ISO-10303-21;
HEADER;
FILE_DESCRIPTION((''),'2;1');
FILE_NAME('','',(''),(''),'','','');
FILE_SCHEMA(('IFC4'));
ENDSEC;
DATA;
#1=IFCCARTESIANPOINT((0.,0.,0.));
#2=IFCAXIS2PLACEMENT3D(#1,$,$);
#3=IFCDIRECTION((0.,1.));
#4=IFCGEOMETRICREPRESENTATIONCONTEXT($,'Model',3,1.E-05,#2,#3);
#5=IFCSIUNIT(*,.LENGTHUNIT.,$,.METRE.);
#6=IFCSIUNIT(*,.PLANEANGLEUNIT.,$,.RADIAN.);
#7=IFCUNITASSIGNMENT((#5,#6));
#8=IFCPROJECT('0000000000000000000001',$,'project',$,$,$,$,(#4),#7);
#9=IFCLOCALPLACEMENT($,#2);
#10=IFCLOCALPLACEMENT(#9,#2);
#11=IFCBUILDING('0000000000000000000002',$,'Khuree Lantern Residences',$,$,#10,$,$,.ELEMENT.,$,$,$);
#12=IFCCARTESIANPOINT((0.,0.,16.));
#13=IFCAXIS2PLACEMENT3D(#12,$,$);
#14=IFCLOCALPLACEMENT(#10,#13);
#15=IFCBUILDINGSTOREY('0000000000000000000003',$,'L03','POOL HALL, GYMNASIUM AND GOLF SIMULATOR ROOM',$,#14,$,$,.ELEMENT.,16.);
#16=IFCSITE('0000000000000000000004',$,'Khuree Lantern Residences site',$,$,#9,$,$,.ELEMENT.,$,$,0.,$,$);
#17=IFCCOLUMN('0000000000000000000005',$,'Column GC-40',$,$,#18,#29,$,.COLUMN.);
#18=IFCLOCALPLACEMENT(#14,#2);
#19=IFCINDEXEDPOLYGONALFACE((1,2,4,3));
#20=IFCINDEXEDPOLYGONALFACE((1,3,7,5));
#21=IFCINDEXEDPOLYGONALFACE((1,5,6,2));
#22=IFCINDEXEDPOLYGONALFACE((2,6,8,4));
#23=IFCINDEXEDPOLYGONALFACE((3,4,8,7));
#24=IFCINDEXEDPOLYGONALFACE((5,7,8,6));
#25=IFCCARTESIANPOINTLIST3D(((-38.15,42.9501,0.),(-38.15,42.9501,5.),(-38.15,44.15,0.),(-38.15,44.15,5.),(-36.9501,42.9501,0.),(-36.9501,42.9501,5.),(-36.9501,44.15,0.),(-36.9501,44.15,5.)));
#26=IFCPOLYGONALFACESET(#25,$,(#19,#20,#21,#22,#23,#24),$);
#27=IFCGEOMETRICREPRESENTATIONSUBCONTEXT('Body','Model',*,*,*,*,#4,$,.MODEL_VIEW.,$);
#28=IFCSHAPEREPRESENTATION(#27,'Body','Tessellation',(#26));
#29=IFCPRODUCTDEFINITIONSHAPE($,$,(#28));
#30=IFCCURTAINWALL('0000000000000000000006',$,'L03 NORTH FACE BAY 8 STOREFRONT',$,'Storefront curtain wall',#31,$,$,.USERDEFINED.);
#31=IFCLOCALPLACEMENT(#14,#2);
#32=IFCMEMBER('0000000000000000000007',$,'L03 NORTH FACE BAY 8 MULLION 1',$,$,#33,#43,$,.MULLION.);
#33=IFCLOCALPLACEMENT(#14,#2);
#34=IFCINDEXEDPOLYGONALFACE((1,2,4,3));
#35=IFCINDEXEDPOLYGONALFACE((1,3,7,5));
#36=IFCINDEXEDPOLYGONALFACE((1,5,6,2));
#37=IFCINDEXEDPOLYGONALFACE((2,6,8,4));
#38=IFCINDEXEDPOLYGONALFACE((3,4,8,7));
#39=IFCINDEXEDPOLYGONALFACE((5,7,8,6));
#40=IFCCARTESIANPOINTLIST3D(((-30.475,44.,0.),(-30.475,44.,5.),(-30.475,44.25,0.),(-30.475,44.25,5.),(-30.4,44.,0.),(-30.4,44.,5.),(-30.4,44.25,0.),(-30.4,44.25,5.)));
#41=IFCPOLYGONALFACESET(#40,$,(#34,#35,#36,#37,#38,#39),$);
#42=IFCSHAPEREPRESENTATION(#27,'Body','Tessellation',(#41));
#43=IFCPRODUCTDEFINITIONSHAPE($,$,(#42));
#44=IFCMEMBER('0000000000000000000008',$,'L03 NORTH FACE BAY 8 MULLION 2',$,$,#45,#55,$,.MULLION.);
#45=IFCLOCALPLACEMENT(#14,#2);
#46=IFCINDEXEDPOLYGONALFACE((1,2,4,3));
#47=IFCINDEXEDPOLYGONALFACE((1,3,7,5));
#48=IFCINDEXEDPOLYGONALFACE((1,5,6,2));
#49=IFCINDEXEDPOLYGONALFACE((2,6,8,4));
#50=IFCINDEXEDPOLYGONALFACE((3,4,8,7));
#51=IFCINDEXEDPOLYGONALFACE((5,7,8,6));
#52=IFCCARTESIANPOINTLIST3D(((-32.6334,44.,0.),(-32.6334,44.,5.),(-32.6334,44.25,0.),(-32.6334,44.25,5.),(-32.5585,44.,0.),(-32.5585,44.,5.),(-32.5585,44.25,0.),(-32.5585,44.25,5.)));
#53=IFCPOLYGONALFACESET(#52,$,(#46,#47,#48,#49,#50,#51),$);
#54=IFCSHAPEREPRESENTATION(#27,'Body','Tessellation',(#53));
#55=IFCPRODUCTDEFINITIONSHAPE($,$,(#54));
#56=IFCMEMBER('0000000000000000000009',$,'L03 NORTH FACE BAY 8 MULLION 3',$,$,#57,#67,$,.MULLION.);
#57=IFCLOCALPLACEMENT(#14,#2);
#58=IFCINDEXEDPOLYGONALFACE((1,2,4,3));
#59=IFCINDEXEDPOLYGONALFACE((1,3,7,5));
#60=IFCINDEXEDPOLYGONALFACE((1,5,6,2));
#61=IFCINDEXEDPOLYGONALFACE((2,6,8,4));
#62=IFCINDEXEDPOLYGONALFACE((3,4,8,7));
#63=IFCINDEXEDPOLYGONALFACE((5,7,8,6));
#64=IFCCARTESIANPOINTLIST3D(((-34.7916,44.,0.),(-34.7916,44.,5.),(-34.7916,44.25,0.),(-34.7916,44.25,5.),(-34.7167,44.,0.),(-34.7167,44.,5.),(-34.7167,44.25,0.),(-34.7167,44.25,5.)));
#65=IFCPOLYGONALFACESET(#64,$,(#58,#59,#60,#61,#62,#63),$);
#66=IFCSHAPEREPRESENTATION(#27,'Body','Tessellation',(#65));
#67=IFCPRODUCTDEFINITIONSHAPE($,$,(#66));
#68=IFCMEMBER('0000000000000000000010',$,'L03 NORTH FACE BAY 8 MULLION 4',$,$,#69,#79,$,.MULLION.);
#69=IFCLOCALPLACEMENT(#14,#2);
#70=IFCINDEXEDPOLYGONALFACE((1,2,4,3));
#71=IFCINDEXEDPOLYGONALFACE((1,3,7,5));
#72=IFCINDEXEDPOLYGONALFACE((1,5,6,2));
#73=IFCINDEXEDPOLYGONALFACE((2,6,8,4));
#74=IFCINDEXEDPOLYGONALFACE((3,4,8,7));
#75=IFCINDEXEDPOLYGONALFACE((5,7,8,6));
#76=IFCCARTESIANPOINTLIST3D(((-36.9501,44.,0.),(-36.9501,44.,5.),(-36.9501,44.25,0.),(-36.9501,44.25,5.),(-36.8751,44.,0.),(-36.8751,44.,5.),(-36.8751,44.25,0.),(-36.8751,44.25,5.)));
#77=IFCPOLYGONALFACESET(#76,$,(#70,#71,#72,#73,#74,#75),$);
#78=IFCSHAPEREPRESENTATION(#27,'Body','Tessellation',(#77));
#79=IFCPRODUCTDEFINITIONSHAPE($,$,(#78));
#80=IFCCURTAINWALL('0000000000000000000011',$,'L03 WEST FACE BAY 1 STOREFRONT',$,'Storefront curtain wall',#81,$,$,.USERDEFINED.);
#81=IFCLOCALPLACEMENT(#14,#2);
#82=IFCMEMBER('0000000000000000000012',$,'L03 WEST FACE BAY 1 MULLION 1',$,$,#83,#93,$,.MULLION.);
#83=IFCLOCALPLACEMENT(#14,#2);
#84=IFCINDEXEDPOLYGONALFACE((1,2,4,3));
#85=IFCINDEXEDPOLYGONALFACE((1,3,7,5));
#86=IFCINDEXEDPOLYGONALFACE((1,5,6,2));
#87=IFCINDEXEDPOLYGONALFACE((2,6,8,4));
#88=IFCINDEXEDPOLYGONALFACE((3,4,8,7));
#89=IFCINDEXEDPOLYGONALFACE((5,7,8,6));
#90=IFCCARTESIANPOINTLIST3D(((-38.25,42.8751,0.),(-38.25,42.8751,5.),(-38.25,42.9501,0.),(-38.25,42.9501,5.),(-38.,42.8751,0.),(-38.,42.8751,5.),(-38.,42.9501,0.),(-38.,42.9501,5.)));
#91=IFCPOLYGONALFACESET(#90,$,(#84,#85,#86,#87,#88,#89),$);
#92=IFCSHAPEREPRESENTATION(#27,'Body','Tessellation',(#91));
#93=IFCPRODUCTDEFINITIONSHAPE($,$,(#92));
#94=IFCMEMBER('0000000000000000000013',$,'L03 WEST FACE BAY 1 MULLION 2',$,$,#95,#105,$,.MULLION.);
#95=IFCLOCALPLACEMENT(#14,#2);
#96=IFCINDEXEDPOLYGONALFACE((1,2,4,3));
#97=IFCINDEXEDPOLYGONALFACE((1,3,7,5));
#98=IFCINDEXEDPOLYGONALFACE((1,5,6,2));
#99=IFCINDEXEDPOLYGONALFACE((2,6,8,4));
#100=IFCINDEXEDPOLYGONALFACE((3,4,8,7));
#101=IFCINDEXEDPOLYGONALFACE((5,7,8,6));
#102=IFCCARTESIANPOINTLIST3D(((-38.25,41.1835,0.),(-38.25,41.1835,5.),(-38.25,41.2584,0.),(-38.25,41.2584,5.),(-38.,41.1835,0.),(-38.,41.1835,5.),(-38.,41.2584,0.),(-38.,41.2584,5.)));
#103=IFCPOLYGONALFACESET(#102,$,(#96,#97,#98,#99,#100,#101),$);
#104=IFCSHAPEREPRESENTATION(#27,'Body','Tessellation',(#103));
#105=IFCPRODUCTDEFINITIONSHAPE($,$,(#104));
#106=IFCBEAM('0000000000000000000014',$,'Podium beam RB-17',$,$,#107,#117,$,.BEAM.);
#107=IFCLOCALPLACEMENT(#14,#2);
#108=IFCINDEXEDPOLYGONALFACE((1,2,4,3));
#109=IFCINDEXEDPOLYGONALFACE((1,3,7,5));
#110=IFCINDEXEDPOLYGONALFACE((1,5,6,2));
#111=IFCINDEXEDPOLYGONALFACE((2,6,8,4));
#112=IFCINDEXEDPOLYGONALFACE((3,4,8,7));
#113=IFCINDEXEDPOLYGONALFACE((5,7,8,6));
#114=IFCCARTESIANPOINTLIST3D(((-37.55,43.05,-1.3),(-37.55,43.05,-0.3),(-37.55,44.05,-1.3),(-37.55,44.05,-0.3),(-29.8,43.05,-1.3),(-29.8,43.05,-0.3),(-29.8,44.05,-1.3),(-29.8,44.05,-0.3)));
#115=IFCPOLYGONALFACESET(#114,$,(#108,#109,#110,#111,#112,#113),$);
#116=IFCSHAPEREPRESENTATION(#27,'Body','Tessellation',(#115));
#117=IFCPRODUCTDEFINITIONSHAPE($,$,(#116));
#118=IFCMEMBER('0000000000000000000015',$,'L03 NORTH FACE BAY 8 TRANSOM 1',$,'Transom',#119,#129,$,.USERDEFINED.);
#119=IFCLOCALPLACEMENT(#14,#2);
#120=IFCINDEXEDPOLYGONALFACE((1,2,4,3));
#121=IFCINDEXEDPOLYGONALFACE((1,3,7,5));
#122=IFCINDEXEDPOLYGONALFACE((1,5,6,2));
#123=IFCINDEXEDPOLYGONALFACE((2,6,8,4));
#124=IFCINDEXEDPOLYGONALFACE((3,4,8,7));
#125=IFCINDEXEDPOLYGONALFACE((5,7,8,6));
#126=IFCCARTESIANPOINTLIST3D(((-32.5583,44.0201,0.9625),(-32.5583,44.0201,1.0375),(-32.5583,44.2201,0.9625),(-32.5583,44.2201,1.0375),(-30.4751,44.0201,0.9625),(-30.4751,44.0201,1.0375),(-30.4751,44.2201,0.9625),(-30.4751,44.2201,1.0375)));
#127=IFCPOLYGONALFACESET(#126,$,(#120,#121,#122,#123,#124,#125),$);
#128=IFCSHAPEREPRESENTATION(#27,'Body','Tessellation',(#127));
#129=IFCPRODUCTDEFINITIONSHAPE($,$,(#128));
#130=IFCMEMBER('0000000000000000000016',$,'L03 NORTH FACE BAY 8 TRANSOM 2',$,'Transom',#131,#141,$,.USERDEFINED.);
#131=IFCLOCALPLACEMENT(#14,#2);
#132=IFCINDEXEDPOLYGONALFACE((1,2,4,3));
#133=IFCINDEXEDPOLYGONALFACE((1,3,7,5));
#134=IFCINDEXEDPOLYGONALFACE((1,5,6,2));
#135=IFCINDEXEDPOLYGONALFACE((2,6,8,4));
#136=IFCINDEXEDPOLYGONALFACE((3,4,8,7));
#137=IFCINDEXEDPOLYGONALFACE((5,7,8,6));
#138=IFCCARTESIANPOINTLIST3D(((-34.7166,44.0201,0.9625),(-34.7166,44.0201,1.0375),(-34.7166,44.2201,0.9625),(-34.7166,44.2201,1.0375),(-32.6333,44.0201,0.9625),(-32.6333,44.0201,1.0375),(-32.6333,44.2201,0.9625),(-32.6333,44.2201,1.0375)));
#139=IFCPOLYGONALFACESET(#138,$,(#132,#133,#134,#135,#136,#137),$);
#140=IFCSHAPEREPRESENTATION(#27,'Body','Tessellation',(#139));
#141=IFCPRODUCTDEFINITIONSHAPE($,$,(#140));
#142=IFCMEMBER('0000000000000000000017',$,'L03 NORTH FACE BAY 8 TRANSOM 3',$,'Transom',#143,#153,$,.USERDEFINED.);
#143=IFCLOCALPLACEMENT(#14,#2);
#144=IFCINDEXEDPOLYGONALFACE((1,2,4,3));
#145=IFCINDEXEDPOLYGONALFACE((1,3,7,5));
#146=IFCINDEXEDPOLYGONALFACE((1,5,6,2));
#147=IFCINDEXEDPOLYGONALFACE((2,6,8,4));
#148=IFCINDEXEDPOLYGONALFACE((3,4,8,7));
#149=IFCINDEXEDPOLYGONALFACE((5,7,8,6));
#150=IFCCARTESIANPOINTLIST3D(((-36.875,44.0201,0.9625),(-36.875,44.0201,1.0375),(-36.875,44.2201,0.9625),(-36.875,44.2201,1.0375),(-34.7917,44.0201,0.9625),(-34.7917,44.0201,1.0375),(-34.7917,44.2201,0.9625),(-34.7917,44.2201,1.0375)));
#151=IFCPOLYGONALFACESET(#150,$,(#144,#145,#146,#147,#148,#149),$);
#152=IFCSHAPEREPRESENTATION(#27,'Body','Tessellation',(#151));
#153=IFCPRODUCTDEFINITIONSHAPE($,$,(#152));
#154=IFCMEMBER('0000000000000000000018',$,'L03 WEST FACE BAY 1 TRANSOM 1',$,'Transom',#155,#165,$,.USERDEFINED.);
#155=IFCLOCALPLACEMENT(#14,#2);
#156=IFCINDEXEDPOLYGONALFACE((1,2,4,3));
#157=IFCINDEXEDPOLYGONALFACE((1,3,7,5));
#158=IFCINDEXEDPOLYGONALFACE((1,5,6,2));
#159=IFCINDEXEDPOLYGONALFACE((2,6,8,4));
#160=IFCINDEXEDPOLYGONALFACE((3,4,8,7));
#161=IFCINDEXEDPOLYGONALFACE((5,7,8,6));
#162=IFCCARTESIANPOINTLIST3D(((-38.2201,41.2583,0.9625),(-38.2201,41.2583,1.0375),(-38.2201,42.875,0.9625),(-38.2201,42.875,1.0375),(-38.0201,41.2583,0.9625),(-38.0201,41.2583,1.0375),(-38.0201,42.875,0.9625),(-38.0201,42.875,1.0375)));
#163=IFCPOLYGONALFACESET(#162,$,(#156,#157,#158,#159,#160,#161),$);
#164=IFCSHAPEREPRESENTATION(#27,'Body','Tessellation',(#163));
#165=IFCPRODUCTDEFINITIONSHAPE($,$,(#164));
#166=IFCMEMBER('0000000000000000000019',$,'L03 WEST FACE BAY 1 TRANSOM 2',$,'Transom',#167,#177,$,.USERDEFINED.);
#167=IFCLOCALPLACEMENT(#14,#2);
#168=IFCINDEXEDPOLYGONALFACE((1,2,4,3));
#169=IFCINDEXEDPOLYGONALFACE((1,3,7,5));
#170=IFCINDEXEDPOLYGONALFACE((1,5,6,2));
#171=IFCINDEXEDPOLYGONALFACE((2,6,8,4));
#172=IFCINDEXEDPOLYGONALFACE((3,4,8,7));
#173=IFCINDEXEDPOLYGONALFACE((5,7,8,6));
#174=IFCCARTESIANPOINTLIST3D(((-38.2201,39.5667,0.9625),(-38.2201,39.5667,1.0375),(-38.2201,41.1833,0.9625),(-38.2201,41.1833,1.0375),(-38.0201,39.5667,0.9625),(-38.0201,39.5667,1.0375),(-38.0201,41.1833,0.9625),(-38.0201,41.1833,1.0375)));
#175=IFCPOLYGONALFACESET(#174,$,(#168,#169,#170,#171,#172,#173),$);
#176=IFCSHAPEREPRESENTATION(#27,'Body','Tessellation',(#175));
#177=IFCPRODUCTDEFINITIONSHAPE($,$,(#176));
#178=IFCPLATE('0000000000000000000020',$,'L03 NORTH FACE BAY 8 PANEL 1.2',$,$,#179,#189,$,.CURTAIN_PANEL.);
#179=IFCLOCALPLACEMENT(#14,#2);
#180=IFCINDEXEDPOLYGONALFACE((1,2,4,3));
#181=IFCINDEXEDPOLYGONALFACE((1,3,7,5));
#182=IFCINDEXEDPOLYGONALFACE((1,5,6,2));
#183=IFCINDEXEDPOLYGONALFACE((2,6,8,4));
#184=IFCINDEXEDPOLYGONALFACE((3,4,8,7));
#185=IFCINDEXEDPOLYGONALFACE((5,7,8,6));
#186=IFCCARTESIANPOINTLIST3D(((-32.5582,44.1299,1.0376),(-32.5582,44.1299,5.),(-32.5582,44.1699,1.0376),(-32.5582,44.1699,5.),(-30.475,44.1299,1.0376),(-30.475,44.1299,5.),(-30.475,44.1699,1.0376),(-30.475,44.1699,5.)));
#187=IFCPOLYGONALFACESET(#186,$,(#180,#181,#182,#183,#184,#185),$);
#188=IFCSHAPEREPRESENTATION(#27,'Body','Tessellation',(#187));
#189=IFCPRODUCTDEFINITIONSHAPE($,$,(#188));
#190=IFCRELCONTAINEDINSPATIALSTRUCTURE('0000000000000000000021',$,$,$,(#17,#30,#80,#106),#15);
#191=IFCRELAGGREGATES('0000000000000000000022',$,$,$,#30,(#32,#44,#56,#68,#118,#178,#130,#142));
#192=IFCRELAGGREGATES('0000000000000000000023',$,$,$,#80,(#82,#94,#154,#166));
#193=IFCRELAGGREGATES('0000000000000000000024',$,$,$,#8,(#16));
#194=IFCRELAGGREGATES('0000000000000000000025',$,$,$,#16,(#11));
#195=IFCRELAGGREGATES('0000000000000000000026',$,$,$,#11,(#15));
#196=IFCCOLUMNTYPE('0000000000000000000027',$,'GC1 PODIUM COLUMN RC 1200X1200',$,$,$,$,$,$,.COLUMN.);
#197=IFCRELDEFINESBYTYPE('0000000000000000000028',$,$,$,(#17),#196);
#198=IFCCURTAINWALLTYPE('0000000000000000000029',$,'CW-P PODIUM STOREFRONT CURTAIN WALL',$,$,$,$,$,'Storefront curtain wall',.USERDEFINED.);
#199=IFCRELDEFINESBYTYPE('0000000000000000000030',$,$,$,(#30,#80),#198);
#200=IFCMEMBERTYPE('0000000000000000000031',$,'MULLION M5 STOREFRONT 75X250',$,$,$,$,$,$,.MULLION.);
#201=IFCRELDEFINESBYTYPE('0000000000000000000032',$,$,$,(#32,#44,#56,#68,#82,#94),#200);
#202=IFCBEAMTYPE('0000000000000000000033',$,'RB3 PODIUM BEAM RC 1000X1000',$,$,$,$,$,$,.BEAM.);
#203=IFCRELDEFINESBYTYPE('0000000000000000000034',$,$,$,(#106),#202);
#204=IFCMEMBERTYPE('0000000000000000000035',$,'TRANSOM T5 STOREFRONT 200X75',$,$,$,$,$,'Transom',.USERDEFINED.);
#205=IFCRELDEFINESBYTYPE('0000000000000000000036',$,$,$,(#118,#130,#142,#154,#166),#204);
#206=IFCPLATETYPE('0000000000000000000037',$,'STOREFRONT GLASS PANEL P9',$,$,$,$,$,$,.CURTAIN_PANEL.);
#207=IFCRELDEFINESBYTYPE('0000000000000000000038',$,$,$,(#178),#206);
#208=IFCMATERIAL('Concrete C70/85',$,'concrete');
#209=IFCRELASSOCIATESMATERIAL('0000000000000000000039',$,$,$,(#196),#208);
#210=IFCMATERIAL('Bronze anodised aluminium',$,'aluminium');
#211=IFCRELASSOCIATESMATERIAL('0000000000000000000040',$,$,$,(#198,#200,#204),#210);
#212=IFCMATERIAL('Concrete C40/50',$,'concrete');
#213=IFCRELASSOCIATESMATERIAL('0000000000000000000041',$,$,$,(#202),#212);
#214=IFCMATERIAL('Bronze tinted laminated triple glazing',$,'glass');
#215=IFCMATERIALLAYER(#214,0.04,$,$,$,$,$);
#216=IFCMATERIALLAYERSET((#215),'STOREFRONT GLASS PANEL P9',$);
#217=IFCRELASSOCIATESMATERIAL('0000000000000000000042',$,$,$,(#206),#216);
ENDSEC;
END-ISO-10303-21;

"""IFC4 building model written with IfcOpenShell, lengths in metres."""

from ifc_helpers import new_model, si_unit, direction, frame, origin, origin_2d, place, context, subcontext, project, spatial, rectangle, extrude, material, layer, layer_set, material_profile, profile_set, type_object, element, aggregate, save


model = new_model("IFC4")

# Units and contexts
model_context = context("Model", 3, precision=1e-05, world=origin(), true_north=direction((0.0, 1.0)))
body_context = subcontext(model_context, "Body", "Model", "MODEL_VIEW")
ifc_project = project(units=[si_unit("LENGTHUNIT", "METRE"), si_unit("PLANEANGLEUNIT", "RADIAN")], contexts=[model_context])

# Site, building, storey
site_placement = place(None, origin())
site = spatial("IfcSite", under=ifc_project, at=site_placement, Name="Khuree Lantern Residences site", CompositionType="ELEMENT", RefElevation=0.0)
building_placement = place(site_placement, origin())
building = spatial("IfcBuilding", under=site, at=building_placement, Name="Khuree Lantern Residences", CompositionType="ELEMENT")
storey_placement = place(building_placement, frame((0.0, 0.0, 16.0)))
storey = spatial("IfcBuildingStorey", under=building, at=storey_placement, Name="L03", Description="POOL HALL, GYMNASIUM AND GOLF SIMULATOR ROOM", CompositionType="ELEMENT", Elevation=16.0)

# Column
ifc_material_1 = material(Name="Concrete C70/85", Category="concrete")
ifc_material_profile_1 = material_profile(ifc_material_1, rectangle(XDim=1.2, YDim=1.2, at=origin_2d()), Name="RC 1200X1200")
ifc_profile_set_1 = profile_set([ifc_material_profile_1], Name="Concrete C70/85")
column_type = type_object("IfcColumnType", Name="GC1 PODIUM COLUMN RC 1200X1200", PredefinedType="COLUMN", material=ifc_profile_set_1)
column_placement = place(storey_placement, frame((-37.55, 43.55, 0.0), z_axis=(0.0, 0.0, 1.0), x_axis=(1.0, 0.0, 0.0)))
element("IfcColumn", 1, at=column_placement, inside=storey, type_object=column_type, Name="Column GC-40", PredefinedType="COLUMN", context=body_context, shape_type="SweptSolid", body=[
    extrude(rectangle(XDim=1.2, YDim=1.2, at=origin_2d()), origin(), (0.0, 0.0, 1.0), 5.0),
])

# Curtain walls, members
ifc_material_2 = material(Name="Bronze anodised aluminium", Category="aluminium")
curtain_wall_type = type_object("IfcCurtainWallType", Name="CW-P PODIUM STOREFRONT CURTAIN WALL", ElementType="Storefront curtain wall", PredefinedType="USERDEFINED", material=ifc_material_2)
curtain_wall_1_placement = place(storey_placement, origin())
curtain_wall_1 = element("IfcCurtainWall", 2, at=curtain_wall_1_placement, inside=storey, type_object=curtain_wall_type, Name="L03 NORTH FACE BAY 8 STOREFRONT", ObjectType="Storefront curtain wall", PredefinedType="USERDEFINED")
ifc_material_profile_2 = material_profile(ifc_material_2, rectangle(XDim=0.075, YDim=0.25, at=origin_2d()), Name="M5 75X250")
ifc_profile_set_2 = profile_set([ifc_material_profile_2], Name="Bronze anodised aluminium")
member_type_1 = type_object("IfcMemberType", Name="MULLION M5 STOREFRONT 75X250", PredefinedType="MULLION", material=ifc_profile_set_2)
member_1_placement = place(storey_placement, frame((-30.4375, 44.125, 0.0), z_axis=(0.0, 0.0, 1.0), x_axis=(-1.0, 0.0, 0.0)))
member_1 = element("IfcMember", 3, at=member_1_placement, type_object=member_type_1, Name="L03 NORTH FACE BAY 8 MULLION 1", PredefinedType="MULLION", context=body_context, shape_type="SweptSolid", body=[
    extrude(rectangle(XDim=0.075, YDim=0.25, at=origin_2d()), origin(), (0.0, 0.0, 1.0), 5.0),
])
member_2_placement = place(storey_placement, frame((-32.5959, 44.125, 0.0), z_axis=(0.0, 0.0, 1.0), x_axis=(-1.0, 0.0, 0.0)))
member_2 = element("IfcMember", 4, at=member_2_placement, type_object=member_type_1, Name="L03 NORTH FACE BAY 8 MULLION 2", PredefinedType="MULLION", context=body_context, shape_type="SweptSolid", body=[
    extrude(rectangle(XDim=0.075, YDim=0.25, at=origin_2d()), origin(), (0.0, 0.0, 1.0), 5.0),
])
member_3_placement = place(storey_placement, frame((-34.7542, 44.125, 0.0), z_axis=(0.0, 0.0, 1.0), x_axis=(-1.0, 0.0, 0.0)))
member_3 = element("IfcMember", 5, at=member_3_placement, type_object=member_type_1, Name="L03 NORTH FACE BAY 8 MULLION 3", PredefinedType="MULLION", context=body_context, shape_type="SweptSolid", body=[
    extrude(rectangle(XDim=0.075, YDim=0.25, at=origin_2d()), origin(), (0.0, 0.0, 1.0), 5.0),
])
member_4_placement = place(storey_placement, frame((-36.9126, 44.125, 0.0), z_axis=(0.0, 0.0, 1.0), x_axis=(-1.0, 0.0, 0.0)))
member_4 = element("IfcMember", 6, at=member_4_placement, type_object=member_type_1, Name="L03 NORTH FACE BAY 8 MULLION 4", PredefinedType="MULLION", context=body_context, shape_type="SweptSolid", body=[
    extrude(rectangle(XDim=0.075, YDim=0.25, at=origin_2d()), origin(), (0.0, 0.0, 1.0), 5.0),
])
curtain_wall_2_placement = place(storey_placement, origin())
curtain_wall_2 = element("IfcCurtainWall", 7, at=curtain_wall_2_placement, inside=storey, type_object=curtain_wall_type, Name="L03 WEST FACE BAY 1 STOREFRONT", ObjectType="Storefront curtain wall", PredefinedType="USERDEFINED")
member_5_placement = place(storey_placement, frame((-38.125, 42.9126, 0.0), z_axis=(0.0, 0.0, 1.0), x_axis=(0.0, -1.0, 0.0)))
member_5 = element("IfcMember", 8, at=member_5_placement, type_object=member_type_1, Name="L03 WEST FACE BAY 1 MULLION 1", PredefinedType="MULLION", context=body_context, shape_type="SweptSolid", body=[
    extrude(rectangle(XDim=0.075, YDim=0.25, at=origin_2d()), origin(), (0.0, 0.0, 1.0), 5.0),
])
member_6_placement = place(storey_placement, frame((-38.125, 41.2209, 0.0), z_axis=(0.0, 0.0, 1.0), x_axis=(0.0, -1.0, 0.0)))
member_6 = element("IfcMember", 9, at=member_6_placement, type_object=member_type_1, Name="L03 WEST FACE BAY 1 MULLION 2", PredefinedType="MULLION", context=body_context, shape_type="SweptSolid", body=[
    extrude(rectangle(XDim=0.075, YDim=0.25, at=origin_2d()), origin(), (0.0, 0.0, 1.0), 5.0),
])

# Beam
ifc_material_3 = material(Name="Concrete C40/50", Category="concrete")
ifc_material_profile_3 = material_profile(ifc_material_3, rectangle(XDim=1.0, YDim=1.0, at=origin_2d()), Name="RC 1000X1000")
ifc_profile_set_3 = profile_set([ifc_material_profile_3], Name="Concrete C40/50")
beam_type = type_object("IfcBeamType", Name="RB3 PODIUM BEAM RC 1000X1000", PredefinedType="BEAM", material=ifc_profile_set_3)
beam_placement = place(storey_placement, frame((-37.55, 43.55, -0.8), z_axis=(1.0, 0.0, 0.0), x_axis=(0.0, 1.0, 0.0)))
element("IfcBeam", 10, at=beam_placement, inside=storey, type_object=beam_type, Name="Podium beam RB-17", PredefinedType="BEAM", context=body_context, shape_type="SweptSolid", body=[
    extrude(rectangle(XDim=1.0, YDim=1.0, at=origin_2d()), origin(), (0.0, 0.0, 1.0), 7.75),
])

# Members
ifc_material_profile_4 = material_profile(ifc_material_2, rectangle(XDim=0.2, YDim=0.075, at=origin_2d()), Name="T5 200X75")
ifc_profile_set_4 = profile_set([ifc_material_profile_4], Name="Bronze anodised aluminium")
member_type_2 = type_object("IfcMemberType", Name="TRANSOM T5 STOREFRONT 200X75", ElementType="Transom", PredefinedType="USERDEFINED", material=ifc_profile_set_4)
member_7_placement = place(storey_placement, frame((-30.4751, 44.1201, 1.0), z_axis=(-1.0, 0.0, 0.0), x_axis=(0.0, -1.0, 0.0)))
member_7 = element("IfcMember", 11, at=member_7_placement, type_object=member_type_2, Name="L03 NORTH FACE BAY 8 TRANSOM 1", ObjectType="Transom", PredefinedType="USERDEFINED", context=body_context, shape_type="SweptSolid", body=[
    extrude(rectangle(XDim=0.2, YDim=0.075, at=origin_2d()), origin(), (0.0, 0.0, 1.0), 2.0833),
])
member_8_placement = place(storey_placement, frame((-32.6333, 44.1201, 1.0), z_axis=(-1.0, 0.0, 0.0), x_axis=(0.0, -1.0, 0.0)))
member_8 = element("IfcMember", 12, at=member_8_placement, type_object=member_type_2, Name="L03 NORTH FACE BAY 8 TRANSOM 2", ObjectType="Transom", PredefinedType="USERDEFINED", context=body_context, shape_type="SweptSolid", body=[
    extrude(rectangle(XDim=0.2, YDim=0.075, at=origin_2d()), origin(), (0.0, 0.0, 1.0), 2.0833),
])
member_9_placement = place(storey_placement, frame((-34.7917, 44.1201, 1.0), z_axis=(-1.0, 0.0, 0.0), x_axis=(0.0, -1.0, 0.0)))
member_9 = element("IfcMember", 13, at=member_9_placement, type_object=member_type_2, Name="L03 NORTH FACE BAY 8 TRANSOM 3", ObjectType="Transom", PredefinedType="USERDEFINED", context=body_context, shape_type="SweptSolid", body=[
    extrude(rectangle(XDim=0.2, YDim=0.075, at=origin_2d()), origin(), (0.0, 0.0, 1.0), 2.0833),
])
member_10_placement = place(storey_placement, frame((-38.1201, 42.875, 1.0), z_axis=(0.0, -1.0, 0.0), x_axis=(1.0, 0.0, 0.0)))
member_10 = element("IfcMember", 14, at=member_10_placement, type_object=member_type_2, Name="L03 WEST FACE BAY 1 TRANSOM 1", ObjectType="Transom", PredefinedType="USERDEFINED", context=body_context, shape_type="SweptSolid", body=[
    extrude(rectangle(XDim=0.2, YDim=0.075, at=origin_2d()), origin(), (0.0, 0.0, 1.0), 1.6167),
])
member_11_placement = place(storey_placement, frame((-38.1201, 41.1833, 1.0), z_axis=(0.0, -1.0, 0.0), x_axis=(1.0, 0.0, 0.0)))
member_11 = element("IfcMember", 15, at=member_11_placement, type_object=member_type_2, Name="L03 WEST FACE BAY 1 TRANSOM 2", ObjectType="Transom", PredefinedType="USERDEFINED", context=body_context, shape_type="SweptSolid", body=[
    extrude(rectangle(XDim=0.2, YDim=0.075, at=origin_2d()), origin(), (0.0, 0.0, 1.0), 1.6167),
])

# Plate
ifc_material_4 = material(Name="Bronze tinted laminated triple glazing", Category="glass")
ifc_layer_1 = layer(ifc_material_4, 0.04)
ifc_layer_set_1 = layer_set([ifc_layer_1], Name="STOREFRONT GLASS PANEL P9")
plate_type_1 = type_object("IfcPlateType", Name="STOREFRONT GLASS PANEL P9", PredefinedType="CURTAIN_PANEL", material=ifc_layer_set_1)
plate_1_placement = place(storey_placement, frame((-31.5166, 44.1499, 1.0376), z_axis=(0.0, 0.0, 1.0), x_axis=(-1.0, 0.0, 0.0)))
plate_1 = element("IfcPlate", 16, at=plate_1_placement, type_object=plate_type_1, Name="L03 NORTH FACE BAY 8 PANEL 1.2", PredefinedType="CURTAIN_PANEL", context=body_context, shape_type="SweptSolid", body=[
    extrude(rectangle(XDim=2.0833, YDim=0.04, at=origin_2d()), origin(), (0.0, 0.0, 1.0), 3.9624),
])
aggregate(curtain_wall_1, [member_1, member_2, member_3, member_4, member_7, plate_1, member_8, member_9])
aggregate(curtain_wall_2, [member_5, member_6, member_10, member_11])

save(model, "model.ifc")
